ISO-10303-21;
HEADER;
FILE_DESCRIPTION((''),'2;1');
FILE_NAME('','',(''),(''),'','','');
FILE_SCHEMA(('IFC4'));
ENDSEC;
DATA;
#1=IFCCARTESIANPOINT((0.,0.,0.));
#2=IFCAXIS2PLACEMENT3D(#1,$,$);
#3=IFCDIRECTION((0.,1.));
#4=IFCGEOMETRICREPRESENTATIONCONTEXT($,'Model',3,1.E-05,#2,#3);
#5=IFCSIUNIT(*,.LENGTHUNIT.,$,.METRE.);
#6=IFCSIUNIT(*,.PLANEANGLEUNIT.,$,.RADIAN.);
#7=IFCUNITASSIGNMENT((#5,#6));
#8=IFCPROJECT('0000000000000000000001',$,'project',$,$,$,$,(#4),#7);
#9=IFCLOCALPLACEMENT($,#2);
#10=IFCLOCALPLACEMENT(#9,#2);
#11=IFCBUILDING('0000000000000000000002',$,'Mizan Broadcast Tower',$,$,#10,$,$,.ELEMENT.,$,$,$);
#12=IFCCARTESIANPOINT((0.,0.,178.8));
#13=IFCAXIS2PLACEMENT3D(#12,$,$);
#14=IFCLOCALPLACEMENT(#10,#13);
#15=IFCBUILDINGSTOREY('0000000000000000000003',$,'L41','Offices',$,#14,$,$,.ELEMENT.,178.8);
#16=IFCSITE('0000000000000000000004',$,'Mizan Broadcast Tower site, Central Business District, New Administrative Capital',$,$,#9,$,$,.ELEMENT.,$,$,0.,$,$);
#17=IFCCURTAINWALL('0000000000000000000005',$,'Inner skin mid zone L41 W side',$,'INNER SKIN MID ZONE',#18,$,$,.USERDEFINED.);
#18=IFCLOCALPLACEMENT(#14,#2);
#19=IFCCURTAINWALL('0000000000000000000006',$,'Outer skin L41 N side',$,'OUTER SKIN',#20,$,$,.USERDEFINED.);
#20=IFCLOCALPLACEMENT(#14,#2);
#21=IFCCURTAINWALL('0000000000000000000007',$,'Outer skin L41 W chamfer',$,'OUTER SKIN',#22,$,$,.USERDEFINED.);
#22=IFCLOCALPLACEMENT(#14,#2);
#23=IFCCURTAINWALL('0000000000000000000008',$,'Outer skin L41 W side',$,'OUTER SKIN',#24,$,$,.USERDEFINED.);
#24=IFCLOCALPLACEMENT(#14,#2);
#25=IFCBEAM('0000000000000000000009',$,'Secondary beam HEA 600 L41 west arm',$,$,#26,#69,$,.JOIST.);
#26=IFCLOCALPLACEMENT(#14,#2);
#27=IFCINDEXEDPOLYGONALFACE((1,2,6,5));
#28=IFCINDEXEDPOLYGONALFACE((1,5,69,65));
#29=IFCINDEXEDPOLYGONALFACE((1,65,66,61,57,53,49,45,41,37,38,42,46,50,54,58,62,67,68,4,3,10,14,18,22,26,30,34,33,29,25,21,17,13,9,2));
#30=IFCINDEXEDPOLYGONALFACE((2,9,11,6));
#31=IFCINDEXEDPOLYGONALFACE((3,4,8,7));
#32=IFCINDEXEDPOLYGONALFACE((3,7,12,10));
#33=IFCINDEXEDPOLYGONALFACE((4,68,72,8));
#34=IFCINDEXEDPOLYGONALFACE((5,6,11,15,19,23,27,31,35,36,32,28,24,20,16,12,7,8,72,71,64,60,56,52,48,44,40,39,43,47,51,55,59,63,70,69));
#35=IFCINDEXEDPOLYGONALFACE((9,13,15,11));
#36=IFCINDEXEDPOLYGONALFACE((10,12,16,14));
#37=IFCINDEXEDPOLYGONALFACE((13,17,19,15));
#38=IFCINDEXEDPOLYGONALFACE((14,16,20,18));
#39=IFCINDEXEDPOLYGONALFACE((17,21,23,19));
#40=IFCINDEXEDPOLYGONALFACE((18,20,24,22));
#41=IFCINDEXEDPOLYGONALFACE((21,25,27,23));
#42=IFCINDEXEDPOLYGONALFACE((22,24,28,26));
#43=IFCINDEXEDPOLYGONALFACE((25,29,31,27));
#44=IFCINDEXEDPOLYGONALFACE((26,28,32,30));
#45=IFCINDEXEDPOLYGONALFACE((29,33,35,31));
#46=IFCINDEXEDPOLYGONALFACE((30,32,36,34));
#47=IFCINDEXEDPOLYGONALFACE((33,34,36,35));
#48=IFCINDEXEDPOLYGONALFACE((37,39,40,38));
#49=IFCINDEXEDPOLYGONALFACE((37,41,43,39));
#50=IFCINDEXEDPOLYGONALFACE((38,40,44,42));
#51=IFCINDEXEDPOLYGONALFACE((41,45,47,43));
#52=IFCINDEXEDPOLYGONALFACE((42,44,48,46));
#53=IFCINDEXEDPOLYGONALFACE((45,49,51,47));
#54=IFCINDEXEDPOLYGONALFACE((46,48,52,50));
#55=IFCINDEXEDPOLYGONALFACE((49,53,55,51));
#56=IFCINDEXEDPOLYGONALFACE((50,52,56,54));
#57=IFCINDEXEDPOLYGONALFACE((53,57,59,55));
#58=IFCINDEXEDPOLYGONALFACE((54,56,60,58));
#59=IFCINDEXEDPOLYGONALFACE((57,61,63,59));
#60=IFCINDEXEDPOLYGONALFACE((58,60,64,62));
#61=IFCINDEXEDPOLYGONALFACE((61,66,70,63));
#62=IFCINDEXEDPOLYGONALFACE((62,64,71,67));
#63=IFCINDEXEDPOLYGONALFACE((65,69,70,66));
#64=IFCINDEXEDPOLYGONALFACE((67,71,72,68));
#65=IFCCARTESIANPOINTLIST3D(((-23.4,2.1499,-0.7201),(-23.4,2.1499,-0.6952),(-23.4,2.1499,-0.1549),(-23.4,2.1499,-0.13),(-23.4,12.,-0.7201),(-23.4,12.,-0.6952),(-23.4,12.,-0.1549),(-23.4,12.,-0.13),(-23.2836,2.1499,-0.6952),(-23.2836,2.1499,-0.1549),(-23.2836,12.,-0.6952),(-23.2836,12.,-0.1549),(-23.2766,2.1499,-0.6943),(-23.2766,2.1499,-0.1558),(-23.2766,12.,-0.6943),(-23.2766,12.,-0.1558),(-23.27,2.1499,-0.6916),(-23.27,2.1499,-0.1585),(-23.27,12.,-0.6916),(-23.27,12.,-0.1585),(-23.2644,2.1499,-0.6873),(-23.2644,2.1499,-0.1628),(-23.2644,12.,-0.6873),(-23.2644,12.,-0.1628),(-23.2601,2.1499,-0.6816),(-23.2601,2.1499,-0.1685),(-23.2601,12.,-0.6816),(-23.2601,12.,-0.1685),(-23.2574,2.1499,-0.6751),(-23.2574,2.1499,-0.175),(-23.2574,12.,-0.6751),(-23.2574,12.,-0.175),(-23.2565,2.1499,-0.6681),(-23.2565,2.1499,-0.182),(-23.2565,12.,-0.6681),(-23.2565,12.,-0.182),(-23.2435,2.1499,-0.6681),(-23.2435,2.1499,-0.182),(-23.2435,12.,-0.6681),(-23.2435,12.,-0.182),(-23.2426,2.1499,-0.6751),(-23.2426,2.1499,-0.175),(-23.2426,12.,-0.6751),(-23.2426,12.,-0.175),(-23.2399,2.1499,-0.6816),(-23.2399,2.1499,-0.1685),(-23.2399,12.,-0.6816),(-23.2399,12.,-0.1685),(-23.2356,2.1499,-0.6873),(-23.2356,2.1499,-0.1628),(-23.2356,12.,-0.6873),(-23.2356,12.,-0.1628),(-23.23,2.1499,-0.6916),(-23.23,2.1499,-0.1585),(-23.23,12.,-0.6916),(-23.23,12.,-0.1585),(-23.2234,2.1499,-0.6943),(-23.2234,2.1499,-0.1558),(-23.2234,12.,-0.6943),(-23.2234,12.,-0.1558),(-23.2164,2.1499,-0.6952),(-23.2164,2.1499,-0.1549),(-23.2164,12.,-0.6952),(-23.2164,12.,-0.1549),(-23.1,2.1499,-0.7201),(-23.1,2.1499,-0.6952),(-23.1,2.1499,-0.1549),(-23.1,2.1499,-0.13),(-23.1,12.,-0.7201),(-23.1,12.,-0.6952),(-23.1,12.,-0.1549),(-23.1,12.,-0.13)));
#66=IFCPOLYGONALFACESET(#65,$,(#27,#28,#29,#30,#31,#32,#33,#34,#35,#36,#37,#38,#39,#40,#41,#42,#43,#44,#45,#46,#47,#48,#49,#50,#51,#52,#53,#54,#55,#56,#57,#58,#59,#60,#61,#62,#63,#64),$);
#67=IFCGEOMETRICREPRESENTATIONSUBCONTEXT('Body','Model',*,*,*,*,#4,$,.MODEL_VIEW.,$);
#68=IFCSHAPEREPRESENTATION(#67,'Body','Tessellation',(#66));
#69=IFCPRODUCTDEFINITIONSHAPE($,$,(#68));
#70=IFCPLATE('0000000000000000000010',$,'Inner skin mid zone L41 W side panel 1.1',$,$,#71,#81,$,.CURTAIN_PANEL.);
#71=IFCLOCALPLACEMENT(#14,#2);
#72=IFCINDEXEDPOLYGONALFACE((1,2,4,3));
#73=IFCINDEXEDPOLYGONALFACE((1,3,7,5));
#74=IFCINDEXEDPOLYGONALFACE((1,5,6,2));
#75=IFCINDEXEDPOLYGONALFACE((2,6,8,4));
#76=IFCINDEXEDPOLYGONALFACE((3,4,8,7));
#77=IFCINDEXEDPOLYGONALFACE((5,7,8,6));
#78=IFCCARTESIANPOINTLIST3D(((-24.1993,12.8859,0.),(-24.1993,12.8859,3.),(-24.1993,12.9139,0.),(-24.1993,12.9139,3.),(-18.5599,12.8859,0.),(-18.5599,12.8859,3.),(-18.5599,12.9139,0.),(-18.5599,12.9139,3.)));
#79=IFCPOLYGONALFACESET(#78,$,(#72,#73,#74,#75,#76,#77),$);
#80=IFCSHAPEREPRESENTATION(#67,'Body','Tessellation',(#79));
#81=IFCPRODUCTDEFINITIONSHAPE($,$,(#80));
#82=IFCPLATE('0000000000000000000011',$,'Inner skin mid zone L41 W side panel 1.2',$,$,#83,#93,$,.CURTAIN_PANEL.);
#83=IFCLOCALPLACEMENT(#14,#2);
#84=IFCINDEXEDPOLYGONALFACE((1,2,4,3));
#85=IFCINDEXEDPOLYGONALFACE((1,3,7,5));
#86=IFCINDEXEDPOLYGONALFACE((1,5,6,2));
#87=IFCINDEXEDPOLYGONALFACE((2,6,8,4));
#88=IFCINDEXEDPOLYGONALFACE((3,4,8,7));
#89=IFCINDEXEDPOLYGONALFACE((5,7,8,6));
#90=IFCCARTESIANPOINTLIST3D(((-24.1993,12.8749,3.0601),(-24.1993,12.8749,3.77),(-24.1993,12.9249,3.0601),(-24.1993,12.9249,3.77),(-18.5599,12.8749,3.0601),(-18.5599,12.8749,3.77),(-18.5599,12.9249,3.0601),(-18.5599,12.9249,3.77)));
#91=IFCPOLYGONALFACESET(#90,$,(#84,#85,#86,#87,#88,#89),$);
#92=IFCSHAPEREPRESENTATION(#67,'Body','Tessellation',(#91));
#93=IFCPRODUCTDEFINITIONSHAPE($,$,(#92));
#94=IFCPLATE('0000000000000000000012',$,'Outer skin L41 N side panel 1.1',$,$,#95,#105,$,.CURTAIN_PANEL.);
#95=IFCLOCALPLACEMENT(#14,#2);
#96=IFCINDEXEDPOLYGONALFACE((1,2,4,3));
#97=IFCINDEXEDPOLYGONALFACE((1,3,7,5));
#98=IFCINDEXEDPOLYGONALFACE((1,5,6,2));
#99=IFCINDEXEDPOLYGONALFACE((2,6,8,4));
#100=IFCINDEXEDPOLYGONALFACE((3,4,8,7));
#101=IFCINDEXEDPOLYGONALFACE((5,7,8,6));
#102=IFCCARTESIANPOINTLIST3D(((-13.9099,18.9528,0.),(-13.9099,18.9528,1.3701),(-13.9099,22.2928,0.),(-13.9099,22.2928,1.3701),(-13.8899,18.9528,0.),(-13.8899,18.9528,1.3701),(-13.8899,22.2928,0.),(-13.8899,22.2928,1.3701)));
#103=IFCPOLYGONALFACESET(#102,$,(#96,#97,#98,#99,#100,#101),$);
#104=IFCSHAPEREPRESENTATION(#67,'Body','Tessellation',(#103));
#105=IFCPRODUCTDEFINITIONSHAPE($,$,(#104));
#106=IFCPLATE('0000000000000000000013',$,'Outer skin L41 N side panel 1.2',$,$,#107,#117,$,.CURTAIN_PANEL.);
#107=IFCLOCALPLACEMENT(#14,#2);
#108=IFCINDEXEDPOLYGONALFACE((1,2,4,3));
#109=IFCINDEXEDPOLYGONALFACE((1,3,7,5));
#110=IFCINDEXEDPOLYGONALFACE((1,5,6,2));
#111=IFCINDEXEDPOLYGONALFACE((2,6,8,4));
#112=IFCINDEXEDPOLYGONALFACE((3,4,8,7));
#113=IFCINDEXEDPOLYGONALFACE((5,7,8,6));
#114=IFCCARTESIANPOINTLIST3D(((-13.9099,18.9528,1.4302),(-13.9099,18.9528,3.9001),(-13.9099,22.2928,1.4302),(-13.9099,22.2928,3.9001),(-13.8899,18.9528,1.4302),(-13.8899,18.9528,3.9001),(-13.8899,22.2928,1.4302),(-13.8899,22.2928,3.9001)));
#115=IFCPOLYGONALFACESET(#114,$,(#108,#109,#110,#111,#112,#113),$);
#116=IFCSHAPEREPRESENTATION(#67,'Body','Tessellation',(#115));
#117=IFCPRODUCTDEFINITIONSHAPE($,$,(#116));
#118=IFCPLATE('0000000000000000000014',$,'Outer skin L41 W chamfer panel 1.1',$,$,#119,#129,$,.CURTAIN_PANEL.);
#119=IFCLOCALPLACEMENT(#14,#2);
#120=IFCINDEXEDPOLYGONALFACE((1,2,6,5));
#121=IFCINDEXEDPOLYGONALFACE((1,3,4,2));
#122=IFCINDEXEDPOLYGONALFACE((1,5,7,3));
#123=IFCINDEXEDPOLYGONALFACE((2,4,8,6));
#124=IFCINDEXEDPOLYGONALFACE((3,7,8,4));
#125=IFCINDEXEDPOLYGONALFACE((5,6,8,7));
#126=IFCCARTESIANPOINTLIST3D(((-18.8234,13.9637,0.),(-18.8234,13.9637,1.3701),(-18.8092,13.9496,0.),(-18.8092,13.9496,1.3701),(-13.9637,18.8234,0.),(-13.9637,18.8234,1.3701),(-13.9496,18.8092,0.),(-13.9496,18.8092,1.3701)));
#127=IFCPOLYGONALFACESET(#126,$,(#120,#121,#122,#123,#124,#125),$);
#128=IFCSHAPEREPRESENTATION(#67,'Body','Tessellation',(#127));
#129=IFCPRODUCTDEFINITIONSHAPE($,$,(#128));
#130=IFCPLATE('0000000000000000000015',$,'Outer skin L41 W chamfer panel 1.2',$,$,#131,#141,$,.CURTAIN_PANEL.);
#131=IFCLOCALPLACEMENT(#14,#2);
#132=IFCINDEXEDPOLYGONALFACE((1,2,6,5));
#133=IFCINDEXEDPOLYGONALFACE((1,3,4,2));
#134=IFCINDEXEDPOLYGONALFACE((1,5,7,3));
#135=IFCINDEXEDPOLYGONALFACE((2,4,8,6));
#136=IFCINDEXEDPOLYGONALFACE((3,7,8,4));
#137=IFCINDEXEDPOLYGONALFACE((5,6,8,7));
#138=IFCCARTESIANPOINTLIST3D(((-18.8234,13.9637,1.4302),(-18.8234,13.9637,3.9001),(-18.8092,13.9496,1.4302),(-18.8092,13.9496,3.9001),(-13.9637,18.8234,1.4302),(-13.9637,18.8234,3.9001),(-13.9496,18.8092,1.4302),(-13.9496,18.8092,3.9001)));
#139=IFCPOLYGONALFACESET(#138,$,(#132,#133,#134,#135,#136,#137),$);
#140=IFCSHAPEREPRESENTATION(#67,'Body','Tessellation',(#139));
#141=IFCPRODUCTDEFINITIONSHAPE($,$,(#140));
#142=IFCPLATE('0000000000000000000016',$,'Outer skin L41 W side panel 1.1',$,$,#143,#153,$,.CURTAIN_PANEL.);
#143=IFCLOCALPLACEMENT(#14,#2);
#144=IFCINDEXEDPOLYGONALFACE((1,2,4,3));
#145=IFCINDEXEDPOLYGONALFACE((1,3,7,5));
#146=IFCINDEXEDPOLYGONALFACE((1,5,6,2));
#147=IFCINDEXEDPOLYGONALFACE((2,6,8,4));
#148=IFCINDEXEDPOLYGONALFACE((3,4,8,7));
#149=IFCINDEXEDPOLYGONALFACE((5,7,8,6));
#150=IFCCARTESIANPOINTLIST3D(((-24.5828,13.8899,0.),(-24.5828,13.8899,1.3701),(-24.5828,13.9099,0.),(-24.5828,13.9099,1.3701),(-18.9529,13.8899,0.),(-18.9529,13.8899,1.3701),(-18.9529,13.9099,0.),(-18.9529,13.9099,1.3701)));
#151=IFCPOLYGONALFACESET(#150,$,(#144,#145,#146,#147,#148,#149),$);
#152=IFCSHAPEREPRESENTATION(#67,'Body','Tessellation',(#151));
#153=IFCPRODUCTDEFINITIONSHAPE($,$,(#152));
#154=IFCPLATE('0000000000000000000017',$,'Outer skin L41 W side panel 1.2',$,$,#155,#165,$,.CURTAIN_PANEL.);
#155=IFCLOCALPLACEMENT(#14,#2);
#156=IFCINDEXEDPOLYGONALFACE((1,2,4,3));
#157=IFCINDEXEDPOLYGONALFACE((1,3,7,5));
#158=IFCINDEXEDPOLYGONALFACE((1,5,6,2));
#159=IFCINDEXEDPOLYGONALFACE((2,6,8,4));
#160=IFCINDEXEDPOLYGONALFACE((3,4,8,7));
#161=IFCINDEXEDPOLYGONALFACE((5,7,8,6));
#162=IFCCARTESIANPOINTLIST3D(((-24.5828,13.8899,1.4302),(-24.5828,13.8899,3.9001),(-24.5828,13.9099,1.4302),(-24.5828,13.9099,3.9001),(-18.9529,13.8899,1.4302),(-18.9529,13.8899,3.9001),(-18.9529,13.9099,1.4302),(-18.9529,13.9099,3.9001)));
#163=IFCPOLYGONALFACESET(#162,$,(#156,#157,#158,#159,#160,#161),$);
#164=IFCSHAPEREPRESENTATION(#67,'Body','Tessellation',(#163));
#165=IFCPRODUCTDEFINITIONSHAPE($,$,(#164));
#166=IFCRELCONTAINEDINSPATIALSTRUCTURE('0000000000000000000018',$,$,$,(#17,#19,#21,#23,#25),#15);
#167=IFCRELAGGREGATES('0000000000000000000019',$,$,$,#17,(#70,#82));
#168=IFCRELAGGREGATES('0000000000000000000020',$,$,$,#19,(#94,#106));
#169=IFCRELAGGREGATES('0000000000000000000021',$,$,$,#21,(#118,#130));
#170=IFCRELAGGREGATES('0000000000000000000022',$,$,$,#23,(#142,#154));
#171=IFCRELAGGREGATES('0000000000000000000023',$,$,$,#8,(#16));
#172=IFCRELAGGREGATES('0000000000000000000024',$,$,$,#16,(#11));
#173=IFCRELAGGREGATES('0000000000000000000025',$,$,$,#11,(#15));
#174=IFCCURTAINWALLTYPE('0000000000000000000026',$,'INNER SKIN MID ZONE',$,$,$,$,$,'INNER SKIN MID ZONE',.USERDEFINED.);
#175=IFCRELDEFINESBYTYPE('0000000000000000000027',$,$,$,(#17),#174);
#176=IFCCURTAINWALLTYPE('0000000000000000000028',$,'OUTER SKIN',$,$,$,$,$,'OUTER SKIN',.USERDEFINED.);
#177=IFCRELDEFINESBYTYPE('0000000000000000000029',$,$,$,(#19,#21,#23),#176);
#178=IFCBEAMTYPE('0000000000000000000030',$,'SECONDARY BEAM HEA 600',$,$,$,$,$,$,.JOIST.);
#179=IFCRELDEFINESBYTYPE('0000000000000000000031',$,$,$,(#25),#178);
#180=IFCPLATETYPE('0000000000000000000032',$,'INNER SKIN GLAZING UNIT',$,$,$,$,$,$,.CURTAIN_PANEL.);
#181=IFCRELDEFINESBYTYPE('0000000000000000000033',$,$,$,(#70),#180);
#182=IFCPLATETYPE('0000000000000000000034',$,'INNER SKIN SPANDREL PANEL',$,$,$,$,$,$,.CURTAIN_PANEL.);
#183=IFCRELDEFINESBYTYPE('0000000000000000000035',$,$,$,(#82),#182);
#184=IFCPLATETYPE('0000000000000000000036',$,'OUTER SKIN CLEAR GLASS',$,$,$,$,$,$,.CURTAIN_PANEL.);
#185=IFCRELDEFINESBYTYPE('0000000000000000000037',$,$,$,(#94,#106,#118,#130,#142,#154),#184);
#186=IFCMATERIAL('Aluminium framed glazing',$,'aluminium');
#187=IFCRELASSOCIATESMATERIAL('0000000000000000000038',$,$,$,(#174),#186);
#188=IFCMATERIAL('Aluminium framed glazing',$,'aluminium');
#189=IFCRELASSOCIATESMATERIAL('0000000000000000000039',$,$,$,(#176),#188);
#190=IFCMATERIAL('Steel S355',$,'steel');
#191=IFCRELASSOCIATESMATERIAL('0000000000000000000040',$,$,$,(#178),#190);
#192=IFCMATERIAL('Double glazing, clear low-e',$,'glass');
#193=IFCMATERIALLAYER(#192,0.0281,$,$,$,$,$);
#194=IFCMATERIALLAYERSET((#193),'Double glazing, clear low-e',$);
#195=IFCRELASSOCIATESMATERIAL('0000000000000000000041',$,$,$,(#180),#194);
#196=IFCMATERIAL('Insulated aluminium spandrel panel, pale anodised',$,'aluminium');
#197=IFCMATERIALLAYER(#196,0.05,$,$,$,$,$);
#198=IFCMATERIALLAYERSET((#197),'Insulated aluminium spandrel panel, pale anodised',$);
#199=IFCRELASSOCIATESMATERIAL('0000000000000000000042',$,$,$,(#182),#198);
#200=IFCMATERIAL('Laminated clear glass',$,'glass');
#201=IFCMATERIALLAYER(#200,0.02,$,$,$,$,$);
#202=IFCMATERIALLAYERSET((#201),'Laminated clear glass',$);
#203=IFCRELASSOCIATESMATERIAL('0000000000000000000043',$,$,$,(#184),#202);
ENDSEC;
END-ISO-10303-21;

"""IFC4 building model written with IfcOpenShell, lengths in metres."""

from ifc_helpers import new_model, si_unit, direction, frame, origin, origin_2d, place, context, subcontext, project, spatial, rectangle, i_section, extrude, material, layer, layer_set, material_profile, profile_set, type_object, element, aggregate, save


model = new_model("IFC4")

# Units and contexts
model_context = context("Model", 3, precision=1e-05, world=origin(), true_north=direction((0.0, 1.0)))
body_context = subcontext(model_context, "Body", "Model", "MODEL_VIEW")
ifc_project = project(units=[si_unit("LENGTHUNIT", "METRE"), si_unit("PLANEANGLEUNIT", "RADIAN")], contexts=[model_context])

# Site, building, storey
site_placement = place(None, origin())
site = spatial("IfcSite", under=ifc_project, at=site_placement, Name="Mizan Broadcast Tower site, Central Business District, New Administrative Capital", CompositionType="ELEMENT", RefElevation=0.0)
building_placement = place(site_placement, origin())
building = spatial("IfcBuilding", under=site, at=building_placement, Name="Mizan Broadcast Tower", CompositionType="ELEMENT")
storey_placement = place(building_placement, frame((0.0, 0.0, 178.8)))
storey = spatial("IfcBuildingStorey", under=building, at=storey_placement, Name="L41", Description="Offices", CompositionType="ELEMENT", Elevation=178.8)

# Curtain wall
ifc_material_1 = material(Name="Aluminium framed glazing", Category="aluminium")
curtain_wall_type_1 = type_object("IfcCurtainWallType", Name="INNER SKIN MID ZONE", ElementType="INNER SKIN MID ZONE", PredefinedType="USERDEFINED", material=ifc_material_1)
curtain_wall_1_placement = place(storey_placement, origin())
curtain_wall_1 = element("IfcCurtainWall", 1, at=curtain_wall_1_placement, inside=storey, type_object=curtain_wall_type_1, Name="Inner skin mid zone L41 W side", ObjectType="INNER SKIN MID ZONE", PredefinedType="USERDEFINED")

# Curtain walls
ifc_material_2 = material(Name="Aluminium framed glazing", Category="aluminium")
curtain_wall_type_2 = type_object("IfcCurtainWallType", Name="OUTER SKIN", ElementType="OUTER SKIN", PredefinedType="USERDEFINED", material=ifc_material_2)
curtain_wall_2_placement = place(storey_placement, origin())
curtain_wall_2 = element("IfcCurtainWall", 2, at=curtain_wall_2_placement, inside=storey, type_object=curtain_wall_type_2, Name="Outer skin L41 N side", ObjectType="OUTER SKIN", PredefinedType="USERDEFINED")
curtain_wall_3_placement = place(storey_placement, origin())
curtain_wall_3 = element("IfcCurtainWall", 3, at=curtain_wall_3_placement, inside=storey, type_object=curtain_wall_type_2, Name="Outer skin L41 W chamfer", ObjectType="OUTER SKIN", PredefinedType="USERDEFINED")
curtain_wall_4_placement = place(storey_placement, origin())
curtain_wall_4 = element("IfcCurtainWall", 4, at=curtain_wall_4_placement, inside=storey, type_object=curtain_wall_type_2, Name="Outer skin L41 W side", ObjectType="OUTER SKIN", PredefinedType="USERDEFINED")

# Beam
ifc_material_3 = material(Name="Steel S355", Category="steel")
ifc_material_profile_1 = material_profile(ifc_material_3, i_section(OverallWidth=0.3, OverallDepth=0.5901, WebThickness=0.0129, FlangeThickness=0.0249, FilletRadius=0.0271, at=origin_2d()), Name="HEA 600")
ifc_profile_set_1 = profile_set([ifc_material_profile_1], Name="Steel S355")
beam_type_1 = type_object("IfcBeamType", Name="SECONDARY BEAM HEA 600", PredefinedType="JOIST", material=ifc_profile_set_1)
for number, where, z_axis, x_axis, name in (
    (5, (-23.25, 12.0, -0.425), (0.0, -1.0, 0.0), (1.0, 0.0, 0.0), "Secondary beam HEA 600 L41 west arm"),
):
    element("IfcBeam", number, at=place(storey_placement, frame(where, z_axis=z_axis, x_axis=x_axis)), inside=storey, type_object=beam_type_1, Name=name, PredefinedType="JOIST", context=body_context, shape_type="SweptSolid", body=[
        extrude(i_section(OverallWidth=0.3, OverallDepth=0.5901, WebThickness=0.0129, FlangeThickness=0.0249, FilletRadius=0.0271, at=origin_2d()), origin(), (0.0, 0.0, 1.0), 9.8501),
    ])

# Plates
ifc_material_4 = material(Name="Double glazing, clear low-e", Category="glass")
ifc_layer_1 = layer(ifc_material_4, 0.0281)
ifc_layer_set_1 = layer_set([ifc_layer_1], Name="Double glazing, clear low-e")
plate_type_1 = type_object("IfcPlateType", Name="INNER SKIN GLAZING UNIT", PredefinedType="CURTAIN_PANEL", material=ifc_layer_set_1)
plate_1_placement = place(storey_placement, frame((-21.3796, 12.8999, 0.0), z_axis=(0.0, 0.0, 1.0), x_axis=(-1.0, 0.0, 0.0)))
plate_1 = element("IfcPlate", 6, at=plate_1_placement, type_object=plate_type_1, Name="Inner skin mid zone L41 W side panel 1.1", PredefinedType="CURTAIN_PANEL", context=body_context, shape_type="SweptSolid", body=[
    extrude(rectangle(XDim=5.6394, YDim=0.0281, at=origin_2d()), origin(), (0.0, 0.0, 1.0), 3.0),
])
ifc_material_5 = material(Name="Insulated aluminium spandrel panel, pale anodised", Category="aluminium")
ifc_layer_2 = layer(ifc_material_5, 0.05)
ifc_layer_set_2 = layer_set([ifc_layer_2], Name="Insulated aluminium spandrel panel, pale anodised")
plate_type_2 = type_object("IfcPlateType", Name="INNER SKIN SPANDREL PANEL", PredefinedType="CURTAIN_PANEL", material=ifc_layer_set_2)
plate_2_placement = place(storey_placement, frame((-21.3796, 12.8999, 3.0601), z_axis=(0.0, 0.0, 1.0), x_axis=(-1.0, 0.0, 0.0)))
plate_2 = element("IfcPlate", 7, at=plate_2_placement, type_object=plate_type_2, Name="Inner skin mid zone L41 W side panel 1.2", PredefinedType="CURTAIN_PANEL", context=body_context, shape_type="SweptSolid", body=[
    extrude(rectangle(XDim=5.6394, YDim=0.05, at=origin_2d()), origin(), (0.0, 0.0, 1.0), 0.71),
])
aggregate(curtain_wall_1, [plate_1, plate_2])
ifc_material_6 = material(Name="Laminated clear glass", Category="glass")
ifc_layer_3 = layer(ifc_material_6, 0.02)
ifc_layer_set_3 = layer_set([ifc_layer_3], Name="Laminated clear glass")
plate_type_3 = type_object("IfcPlateType", Name="OUTER SKIN CLEAR GLASS", PredefinedType="CURTAIN_PANEL", material=ifc_layer_set_3)
plate_3_placement = place(storey_placement, frame((-13.8999, 20.6228, 0.0), z_axis=(0.0, 0.0, 1.0), x_axis=(0.0, -1.0, 0.0)))
plate_3 = element("IfcPlate", 8, at=plate_3_placement, type_object=plate_type_3, Name="Outer skin L41 N side panel 1.1", PredefinedType="CURTAIN_PANEL", context=body_context, shape_type="SweptSolid", body=[
    extrude(rectangle(XDim=3.3401, YDim=0.02, at=origin_2d()), origin(), (0.0, 0.0, 1.0), 1.3701),
])
plate_4_placement = place(storey_placement, frame((-13.8999, 20.6228, 1.4302), z_axis=(0.0, 0.0, 1.0), x_axis=(0.0, -1.0, 0.0)))
plate_4 = element("IfcPlate", 9, at=plate_4_placement, type_object=plate_type_3, Name="Outer skin L41 N side panel 1.2", PredefinedType="CURTAIN_PANEL", context=body_context, shape_type="SweptSolid", body=[
    extrude(rectangle(XDim=3.3401, YDim=0.02, at=origin_2d()), origin(), (0.0, 0.0, 1.0), 2.47),
])
aggregate(curtain_wall_2, [plate_3, plate_4])
plate_5_placement = place(storey_placement, frame((-16.3865, 16.3865, 0.0), z_axis=(0.0, 0.0, 1.0), x_axis=(-0.707107, -0.707107, 0.0)))
plate_5 = element("IfcPlate", 10, at=plate_5_placement, type_object=plate_type_3, Name="Outer skin L41 W chamfer panel 1.1", PredefinedType="CURTAIN_PANEL", context=body_context, shape_type="SweptSolid", body=[
    extrude(rectangle(XDim=6.8726, YDim=0.02, at=origin_2d()), origin(), (0.0, 0.0, 1.0), 1.3701),
])
plate_6_placement = place(storey_placement, frame((-16.3865, 16.3865, 1.4302), z_axis=(0.0, 0.0, 1.0), x_axis=(-0.707107, -0.707107, 0.0)))
plate_6 = element("IfcPlate", 11, at=plate_6_placement, type_object=plate_type_3, Name="Outer skin L41 W chamfer panel 1.2", PredefinedType="CURTAIN_PANEL", context=body_context, shape_type="SweptSolid", body=[
    extrude(rectangle(XDim=6.8726, YDim=0.02, at=origin_2d()), origin(), (0.0, 0.0, 1.0), 2.47),
])
aggregate(curtain_wall_3, [plate_5, plate_6])
plate_7_placement = place(storey_placement, frame((-21.7678, 13.8999, 0.0), z_axis=(0.0, 0.0, 1.0), x_axis=(-1.0, 0.0, 0.0)))
plate_7 = element("IfcPlate", 12, at=plate_7_placement, type_object=plate_type_3, Name="Outer skin L41 W side panel 1.1", PredefinedType="CURTAIN_PANEL", context=body_context, shape_type="SweptSolid", body=[
    extrude(rectangle(XDim=5.6299, YDim=0.02, at=origin_2d()), origin(), (0.0, 0.0, 1.0), 1.3701),
])
plate_8_placement = place(storey_placement, frame((-21.7678, 13.8999, 1.4302), z_axis=(0.0, 0.0, 1.0), x_axis=(-1.0, 0.0, 0.0)))
plate_8 = element("IfcPlate", 13, at=plate_8_placement, type_object=plate_type_3, Name="Outer skin L41 W side panel 1.2", PredefinedType="CURTAIN_PANEL", context=body_context, shape_type="SweptSolid", body=[
    extrude(rectangle(XDim=5.6299, YDim=0.02, at=origin_2d()), origin(), (0.0, 0.0, 1.0), 2.47),
])
aggregate(curtain_wall_4, [plate_7, plate_8])

save(model, "model.ifc")
